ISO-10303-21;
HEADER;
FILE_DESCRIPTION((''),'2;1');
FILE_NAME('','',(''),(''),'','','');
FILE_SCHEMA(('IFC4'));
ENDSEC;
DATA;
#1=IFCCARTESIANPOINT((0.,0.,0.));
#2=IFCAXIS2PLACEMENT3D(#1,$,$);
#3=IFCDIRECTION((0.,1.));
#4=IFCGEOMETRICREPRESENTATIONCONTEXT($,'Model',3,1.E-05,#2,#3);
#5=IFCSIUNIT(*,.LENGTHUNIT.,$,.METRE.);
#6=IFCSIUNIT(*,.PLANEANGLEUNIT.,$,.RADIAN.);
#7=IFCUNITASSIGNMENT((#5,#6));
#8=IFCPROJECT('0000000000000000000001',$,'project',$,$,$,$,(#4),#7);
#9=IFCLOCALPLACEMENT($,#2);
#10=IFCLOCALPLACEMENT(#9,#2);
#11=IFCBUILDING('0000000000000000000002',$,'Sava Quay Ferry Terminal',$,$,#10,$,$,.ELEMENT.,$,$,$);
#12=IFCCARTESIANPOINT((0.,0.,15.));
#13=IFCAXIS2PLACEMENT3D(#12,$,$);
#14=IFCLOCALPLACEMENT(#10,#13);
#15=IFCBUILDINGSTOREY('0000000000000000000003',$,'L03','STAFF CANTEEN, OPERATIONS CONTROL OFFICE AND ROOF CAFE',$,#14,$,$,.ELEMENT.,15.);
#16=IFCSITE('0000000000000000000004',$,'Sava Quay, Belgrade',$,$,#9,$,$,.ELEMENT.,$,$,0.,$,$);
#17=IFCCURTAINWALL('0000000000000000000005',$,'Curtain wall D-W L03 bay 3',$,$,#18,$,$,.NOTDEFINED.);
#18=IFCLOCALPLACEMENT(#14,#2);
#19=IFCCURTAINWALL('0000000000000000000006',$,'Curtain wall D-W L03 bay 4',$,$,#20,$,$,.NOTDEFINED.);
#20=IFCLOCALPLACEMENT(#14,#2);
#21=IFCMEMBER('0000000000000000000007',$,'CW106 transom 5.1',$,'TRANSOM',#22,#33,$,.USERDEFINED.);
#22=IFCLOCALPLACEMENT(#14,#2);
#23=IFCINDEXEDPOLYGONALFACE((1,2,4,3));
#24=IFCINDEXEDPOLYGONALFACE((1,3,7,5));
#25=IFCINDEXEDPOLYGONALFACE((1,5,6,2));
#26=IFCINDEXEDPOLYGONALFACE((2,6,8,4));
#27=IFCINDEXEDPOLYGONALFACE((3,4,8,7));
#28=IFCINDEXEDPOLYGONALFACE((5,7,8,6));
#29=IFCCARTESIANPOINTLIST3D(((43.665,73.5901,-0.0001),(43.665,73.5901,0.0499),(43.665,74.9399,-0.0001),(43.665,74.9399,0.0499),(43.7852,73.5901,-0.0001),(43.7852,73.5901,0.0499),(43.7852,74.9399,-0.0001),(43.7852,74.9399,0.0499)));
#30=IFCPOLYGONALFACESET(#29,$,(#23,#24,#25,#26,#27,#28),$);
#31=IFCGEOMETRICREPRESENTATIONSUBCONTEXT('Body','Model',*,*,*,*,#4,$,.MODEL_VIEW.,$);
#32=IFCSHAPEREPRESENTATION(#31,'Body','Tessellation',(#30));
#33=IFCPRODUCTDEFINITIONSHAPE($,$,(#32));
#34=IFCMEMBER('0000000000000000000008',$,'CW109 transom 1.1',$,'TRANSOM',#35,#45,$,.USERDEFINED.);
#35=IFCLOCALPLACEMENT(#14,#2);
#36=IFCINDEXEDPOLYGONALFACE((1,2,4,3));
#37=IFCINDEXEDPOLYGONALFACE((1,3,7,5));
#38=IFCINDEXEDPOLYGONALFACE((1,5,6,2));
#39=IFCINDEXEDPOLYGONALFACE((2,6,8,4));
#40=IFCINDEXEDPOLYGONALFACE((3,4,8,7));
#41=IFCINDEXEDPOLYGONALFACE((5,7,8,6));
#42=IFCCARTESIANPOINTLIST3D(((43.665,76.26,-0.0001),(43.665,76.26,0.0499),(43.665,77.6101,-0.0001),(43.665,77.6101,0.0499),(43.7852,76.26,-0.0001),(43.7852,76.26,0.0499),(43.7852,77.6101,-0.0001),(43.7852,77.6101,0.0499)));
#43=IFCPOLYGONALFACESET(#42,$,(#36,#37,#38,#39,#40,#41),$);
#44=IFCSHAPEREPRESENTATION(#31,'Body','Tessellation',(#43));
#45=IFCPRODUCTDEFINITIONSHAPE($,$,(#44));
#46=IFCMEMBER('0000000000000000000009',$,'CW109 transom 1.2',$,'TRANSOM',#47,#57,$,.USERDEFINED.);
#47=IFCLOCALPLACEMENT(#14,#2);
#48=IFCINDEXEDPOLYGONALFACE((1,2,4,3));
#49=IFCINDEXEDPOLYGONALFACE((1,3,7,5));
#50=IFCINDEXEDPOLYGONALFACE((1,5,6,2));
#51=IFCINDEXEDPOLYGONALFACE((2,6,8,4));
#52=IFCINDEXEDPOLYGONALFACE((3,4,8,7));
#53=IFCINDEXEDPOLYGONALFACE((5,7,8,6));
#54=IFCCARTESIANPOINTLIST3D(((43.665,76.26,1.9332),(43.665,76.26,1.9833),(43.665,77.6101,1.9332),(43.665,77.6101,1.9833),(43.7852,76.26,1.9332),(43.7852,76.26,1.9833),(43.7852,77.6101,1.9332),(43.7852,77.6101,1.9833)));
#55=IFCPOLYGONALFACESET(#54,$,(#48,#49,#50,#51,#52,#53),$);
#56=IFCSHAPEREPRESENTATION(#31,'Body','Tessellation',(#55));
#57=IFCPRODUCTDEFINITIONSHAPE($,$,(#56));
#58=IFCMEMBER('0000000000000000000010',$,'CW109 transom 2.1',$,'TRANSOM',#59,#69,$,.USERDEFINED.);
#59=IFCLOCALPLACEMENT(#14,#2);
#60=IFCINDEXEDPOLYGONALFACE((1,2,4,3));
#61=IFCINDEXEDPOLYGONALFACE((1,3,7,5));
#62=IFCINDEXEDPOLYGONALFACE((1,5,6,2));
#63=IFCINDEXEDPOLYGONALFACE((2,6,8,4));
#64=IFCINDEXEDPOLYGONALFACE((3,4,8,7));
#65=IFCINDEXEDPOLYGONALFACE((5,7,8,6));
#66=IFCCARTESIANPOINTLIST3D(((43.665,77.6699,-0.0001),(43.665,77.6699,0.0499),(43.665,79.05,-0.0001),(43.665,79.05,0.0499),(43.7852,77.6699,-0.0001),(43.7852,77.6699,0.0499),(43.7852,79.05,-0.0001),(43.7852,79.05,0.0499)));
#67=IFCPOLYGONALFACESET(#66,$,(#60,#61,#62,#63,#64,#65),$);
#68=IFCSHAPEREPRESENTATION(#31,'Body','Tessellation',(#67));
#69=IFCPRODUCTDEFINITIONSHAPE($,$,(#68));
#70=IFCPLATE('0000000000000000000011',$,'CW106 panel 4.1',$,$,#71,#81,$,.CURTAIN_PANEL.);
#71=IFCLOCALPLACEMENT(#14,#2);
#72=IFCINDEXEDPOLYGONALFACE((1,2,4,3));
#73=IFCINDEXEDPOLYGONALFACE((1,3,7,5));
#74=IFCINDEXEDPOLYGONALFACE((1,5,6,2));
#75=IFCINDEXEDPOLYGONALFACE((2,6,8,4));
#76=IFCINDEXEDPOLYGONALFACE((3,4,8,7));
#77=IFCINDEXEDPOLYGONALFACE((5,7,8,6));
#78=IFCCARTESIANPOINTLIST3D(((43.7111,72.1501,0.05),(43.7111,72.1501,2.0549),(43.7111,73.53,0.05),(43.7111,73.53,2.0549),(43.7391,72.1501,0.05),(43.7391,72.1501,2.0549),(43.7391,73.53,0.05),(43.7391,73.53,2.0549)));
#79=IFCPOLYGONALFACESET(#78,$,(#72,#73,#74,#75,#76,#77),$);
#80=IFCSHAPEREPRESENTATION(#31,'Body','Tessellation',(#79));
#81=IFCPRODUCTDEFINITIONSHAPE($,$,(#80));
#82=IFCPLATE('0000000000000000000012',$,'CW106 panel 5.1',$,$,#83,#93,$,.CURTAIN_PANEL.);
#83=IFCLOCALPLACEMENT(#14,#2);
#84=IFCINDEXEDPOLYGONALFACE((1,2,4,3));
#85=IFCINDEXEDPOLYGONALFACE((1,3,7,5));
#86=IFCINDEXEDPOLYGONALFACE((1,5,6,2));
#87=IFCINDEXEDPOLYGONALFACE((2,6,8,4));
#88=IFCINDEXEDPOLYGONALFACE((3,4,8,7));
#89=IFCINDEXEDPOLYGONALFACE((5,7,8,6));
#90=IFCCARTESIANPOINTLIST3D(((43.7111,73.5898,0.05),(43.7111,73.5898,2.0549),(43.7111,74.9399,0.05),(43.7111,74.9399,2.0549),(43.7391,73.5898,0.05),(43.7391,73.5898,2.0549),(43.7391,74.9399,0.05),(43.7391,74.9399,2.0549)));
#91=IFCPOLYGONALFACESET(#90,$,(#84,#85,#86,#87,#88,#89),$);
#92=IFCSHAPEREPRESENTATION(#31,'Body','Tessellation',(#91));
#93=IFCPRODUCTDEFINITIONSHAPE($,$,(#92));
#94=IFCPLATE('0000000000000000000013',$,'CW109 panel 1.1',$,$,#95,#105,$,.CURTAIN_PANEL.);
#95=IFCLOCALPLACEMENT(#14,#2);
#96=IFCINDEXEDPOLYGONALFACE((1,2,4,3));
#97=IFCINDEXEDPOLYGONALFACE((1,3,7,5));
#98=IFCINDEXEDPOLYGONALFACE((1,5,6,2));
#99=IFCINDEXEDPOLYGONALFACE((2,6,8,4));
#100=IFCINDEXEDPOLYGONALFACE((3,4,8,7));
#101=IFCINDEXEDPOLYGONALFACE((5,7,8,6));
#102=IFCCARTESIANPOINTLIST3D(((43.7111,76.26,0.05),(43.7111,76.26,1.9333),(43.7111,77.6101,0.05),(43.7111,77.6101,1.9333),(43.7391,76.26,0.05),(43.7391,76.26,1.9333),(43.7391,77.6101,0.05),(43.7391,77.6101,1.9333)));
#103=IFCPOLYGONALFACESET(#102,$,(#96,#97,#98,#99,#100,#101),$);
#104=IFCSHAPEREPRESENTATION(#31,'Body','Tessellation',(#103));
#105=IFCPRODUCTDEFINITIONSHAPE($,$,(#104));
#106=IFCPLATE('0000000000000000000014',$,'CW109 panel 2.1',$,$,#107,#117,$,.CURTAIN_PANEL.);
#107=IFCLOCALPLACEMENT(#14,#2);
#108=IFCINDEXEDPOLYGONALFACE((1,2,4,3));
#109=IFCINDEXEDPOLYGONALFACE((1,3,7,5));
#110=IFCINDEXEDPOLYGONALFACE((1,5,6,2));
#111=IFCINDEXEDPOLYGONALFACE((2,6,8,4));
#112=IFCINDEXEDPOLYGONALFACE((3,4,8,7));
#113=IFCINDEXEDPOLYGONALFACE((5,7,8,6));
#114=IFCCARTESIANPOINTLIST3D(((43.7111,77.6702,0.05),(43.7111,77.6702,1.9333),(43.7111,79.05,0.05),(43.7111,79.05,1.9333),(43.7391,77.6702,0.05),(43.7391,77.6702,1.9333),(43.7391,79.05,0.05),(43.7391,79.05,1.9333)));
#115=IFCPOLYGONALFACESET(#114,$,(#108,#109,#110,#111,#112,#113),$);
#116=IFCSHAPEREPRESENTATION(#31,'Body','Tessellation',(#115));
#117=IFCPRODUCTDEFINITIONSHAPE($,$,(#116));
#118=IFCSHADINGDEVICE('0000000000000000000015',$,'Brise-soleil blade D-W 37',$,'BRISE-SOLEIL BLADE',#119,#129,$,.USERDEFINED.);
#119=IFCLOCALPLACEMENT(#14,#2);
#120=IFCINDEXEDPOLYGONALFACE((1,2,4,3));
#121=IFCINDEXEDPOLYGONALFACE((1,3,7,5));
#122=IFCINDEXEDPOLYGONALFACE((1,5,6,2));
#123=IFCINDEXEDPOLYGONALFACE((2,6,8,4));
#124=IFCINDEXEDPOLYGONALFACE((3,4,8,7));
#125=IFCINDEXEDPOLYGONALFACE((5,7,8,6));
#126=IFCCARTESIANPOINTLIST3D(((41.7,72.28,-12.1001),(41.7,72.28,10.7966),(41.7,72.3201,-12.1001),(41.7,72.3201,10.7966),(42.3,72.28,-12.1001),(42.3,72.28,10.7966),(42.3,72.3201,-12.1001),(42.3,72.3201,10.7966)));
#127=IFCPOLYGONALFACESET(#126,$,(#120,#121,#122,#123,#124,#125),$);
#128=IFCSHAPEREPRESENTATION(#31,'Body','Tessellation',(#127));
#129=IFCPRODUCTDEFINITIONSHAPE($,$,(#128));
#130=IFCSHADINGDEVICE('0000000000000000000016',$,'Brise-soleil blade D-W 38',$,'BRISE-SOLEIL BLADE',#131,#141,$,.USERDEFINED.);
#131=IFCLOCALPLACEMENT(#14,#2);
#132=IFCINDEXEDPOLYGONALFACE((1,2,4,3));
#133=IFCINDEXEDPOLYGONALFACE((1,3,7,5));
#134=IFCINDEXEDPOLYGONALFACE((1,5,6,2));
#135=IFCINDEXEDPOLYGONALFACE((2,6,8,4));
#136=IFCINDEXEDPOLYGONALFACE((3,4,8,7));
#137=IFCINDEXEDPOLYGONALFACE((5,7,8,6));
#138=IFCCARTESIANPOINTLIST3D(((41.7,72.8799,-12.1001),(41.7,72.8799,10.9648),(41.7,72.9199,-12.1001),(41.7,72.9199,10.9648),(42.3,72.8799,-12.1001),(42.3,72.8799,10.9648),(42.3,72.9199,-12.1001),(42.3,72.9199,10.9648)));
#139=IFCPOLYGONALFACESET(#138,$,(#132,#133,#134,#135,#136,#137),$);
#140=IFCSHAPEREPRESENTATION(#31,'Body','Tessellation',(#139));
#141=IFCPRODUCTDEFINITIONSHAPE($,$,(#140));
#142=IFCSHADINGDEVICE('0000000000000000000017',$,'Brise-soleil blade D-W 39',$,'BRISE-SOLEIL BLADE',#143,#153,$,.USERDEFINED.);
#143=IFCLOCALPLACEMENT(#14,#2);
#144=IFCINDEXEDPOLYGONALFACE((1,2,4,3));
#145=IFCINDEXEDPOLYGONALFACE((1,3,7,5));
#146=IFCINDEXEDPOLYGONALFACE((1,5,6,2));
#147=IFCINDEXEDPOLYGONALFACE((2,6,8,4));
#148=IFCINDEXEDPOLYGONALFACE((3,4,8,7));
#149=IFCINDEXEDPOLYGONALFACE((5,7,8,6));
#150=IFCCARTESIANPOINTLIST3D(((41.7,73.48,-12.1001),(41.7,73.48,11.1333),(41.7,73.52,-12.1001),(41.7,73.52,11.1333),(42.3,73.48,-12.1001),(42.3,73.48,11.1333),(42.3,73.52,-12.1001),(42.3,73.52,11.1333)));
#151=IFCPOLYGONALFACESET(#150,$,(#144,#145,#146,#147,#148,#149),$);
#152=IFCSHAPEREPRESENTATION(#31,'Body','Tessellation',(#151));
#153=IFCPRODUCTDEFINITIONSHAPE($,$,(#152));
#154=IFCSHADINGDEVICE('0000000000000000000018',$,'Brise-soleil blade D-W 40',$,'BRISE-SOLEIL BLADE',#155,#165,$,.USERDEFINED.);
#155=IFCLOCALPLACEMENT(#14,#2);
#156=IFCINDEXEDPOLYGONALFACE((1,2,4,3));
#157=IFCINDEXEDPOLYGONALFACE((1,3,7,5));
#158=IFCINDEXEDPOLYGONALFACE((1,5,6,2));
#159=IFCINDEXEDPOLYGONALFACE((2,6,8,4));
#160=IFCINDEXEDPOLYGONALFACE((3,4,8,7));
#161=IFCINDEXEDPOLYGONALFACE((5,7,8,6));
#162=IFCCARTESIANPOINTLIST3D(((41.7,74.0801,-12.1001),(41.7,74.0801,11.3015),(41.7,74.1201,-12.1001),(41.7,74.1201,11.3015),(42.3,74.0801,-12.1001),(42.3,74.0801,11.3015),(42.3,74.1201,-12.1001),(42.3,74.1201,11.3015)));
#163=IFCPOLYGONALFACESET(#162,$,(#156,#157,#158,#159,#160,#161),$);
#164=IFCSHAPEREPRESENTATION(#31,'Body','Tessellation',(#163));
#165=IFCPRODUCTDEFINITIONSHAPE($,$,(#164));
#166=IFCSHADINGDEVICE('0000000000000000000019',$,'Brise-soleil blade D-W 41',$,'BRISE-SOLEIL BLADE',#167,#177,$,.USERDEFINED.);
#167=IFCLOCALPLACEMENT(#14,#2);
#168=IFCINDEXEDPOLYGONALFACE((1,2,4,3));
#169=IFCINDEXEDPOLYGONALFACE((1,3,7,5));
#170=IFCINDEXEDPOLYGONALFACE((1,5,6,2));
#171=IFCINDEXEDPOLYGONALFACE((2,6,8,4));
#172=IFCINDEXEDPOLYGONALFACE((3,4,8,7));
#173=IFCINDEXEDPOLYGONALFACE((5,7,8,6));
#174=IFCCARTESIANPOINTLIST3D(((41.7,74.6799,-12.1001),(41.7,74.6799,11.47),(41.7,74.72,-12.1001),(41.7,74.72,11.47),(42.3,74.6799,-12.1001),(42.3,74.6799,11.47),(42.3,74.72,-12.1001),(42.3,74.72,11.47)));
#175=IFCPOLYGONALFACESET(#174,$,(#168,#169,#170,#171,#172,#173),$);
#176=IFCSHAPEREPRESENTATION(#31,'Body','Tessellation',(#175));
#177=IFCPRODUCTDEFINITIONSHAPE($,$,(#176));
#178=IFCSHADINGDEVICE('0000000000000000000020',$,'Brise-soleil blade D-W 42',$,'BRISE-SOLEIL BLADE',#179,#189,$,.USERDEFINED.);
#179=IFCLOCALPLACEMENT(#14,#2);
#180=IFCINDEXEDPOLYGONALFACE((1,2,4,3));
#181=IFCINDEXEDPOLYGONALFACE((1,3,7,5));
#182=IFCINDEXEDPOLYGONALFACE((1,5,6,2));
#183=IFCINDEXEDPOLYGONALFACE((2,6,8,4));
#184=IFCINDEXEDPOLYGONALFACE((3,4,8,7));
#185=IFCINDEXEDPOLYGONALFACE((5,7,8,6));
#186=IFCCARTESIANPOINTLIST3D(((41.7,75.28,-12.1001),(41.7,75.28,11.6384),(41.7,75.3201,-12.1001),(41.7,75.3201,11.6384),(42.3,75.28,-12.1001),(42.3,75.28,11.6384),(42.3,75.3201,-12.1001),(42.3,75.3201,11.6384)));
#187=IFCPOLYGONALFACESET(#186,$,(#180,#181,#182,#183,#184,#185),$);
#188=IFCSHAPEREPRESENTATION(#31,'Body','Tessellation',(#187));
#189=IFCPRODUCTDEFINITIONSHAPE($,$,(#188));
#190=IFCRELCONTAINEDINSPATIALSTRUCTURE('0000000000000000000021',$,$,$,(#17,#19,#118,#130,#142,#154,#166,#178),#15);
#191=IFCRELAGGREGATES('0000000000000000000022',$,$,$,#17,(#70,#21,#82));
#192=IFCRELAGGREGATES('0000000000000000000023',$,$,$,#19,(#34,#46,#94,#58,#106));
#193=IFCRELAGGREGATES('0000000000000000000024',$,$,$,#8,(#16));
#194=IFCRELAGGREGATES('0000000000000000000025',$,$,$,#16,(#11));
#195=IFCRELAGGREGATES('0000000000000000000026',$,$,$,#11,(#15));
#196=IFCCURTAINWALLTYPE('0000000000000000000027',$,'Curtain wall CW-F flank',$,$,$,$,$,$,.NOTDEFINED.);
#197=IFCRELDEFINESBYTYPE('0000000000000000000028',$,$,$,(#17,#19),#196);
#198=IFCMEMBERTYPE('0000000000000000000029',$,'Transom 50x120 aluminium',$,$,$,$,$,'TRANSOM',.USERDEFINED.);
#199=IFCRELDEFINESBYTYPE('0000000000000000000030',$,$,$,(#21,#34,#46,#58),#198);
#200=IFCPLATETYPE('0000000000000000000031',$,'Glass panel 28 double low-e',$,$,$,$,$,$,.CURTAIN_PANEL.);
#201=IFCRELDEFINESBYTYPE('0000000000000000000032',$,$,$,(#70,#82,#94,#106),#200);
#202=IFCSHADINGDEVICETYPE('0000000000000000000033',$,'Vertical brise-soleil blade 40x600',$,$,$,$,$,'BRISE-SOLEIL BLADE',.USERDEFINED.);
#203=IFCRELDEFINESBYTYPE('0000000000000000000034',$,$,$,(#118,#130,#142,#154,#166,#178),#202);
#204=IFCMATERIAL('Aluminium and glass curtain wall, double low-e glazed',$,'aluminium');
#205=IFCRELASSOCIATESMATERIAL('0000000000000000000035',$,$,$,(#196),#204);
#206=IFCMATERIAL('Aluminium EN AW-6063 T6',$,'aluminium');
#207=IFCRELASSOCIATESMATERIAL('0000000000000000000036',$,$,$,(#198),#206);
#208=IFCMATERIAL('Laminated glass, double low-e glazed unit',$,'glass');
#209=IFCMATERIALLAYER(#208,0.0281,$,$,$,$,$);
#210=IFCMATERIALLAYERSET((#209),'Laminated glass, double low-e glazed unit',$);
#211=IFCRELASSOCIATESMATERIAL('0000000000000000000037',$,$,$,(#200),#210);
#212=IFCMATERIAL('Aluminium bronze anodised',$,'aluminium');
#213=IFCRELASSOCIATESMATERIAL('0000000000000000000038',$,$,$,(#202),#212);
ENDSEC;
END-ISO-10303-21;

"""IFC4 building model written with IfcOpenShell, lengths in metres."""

from ifc_helpers import new_model, si_unit, direction, frame, origin, origin_2d, place, context, subcontext, project, spatial, rectangle, extrude, material, layer, layer_set, material_profile, profile_set, type_object, element, aggregate, save


model = new_model("IFC4")

# Units and contexts
model_context = context("Model", 3, precision=1e-05, world=origin(), true_north=direction((0.0, 1.0)))
body_context = subcontext(model_context, "Body", "Model", "MODEL_VIEW")
ifc_project = project(units=[si_unit("LENGTHUNIT", "METRE"), si_unit("PLANEANGLEUNIT", "RADIAN")], contexts=[model_context])

# Site, building, storey
site_placement = place(None, origin())
site = spatial("IfcSite", under=ifc_project, at=site_placement, Name="Sava Quay, Belgrade", CompositionType="ELEMENT", RefElevation=0.0)
building_placement = place(site_placement, origin())
building = spatial("IfcBuilding", under=site, at=building_placement, Name="Sava Quay Ferry Terminal", CompositionType="ELEMENT")
storey_placement = place(building_placement, frame((0.0, 0.0, 15.0)))
storey = spatial("IfcBuildingStorey", under=building, at=storey_placement, Name="L03", Description="STAFF CANTEEN, OPERATIONS CONTROL OFFICE AND ROOF CAFE", CompositionType="ELEMENT", Elevation=15.0)

# Curtain walls
ifc_material_1 = material(Name="Aluminium and glass curtain wall, double low-e glazed", Category="aluminium")
curtain_wall_type = type_object("IfcCurtainWallType", Name="Curtain wall CW-F flank", PredefinedType="NOTDEFINED", material=ifc_material_1)
curtain_wall_1_placement = place(storey_placement, origin())
curtain_wall_1 = element("IfcCurtainWall", 1, at=curtain_wall_1_placement, inside=storey, type_object=curtain_wall_type, Name="Curtain wall D-W L03 bay 3", PredefinedType="NOTDEFINED")
curtain_wall_2_placement = place(storey_placement, origin())
curtain_wall_2 = element("IfcCurtainWall", 2, at=curtain_wall_2_placement, inside=storey, type_object=curtain_wall_type, Name="Curtain wall D-W L03 bay 4", PredefinedType="NOTDEFINED")

# Members
ifc_material_2 = material(Name="Aluminium EN AW-6063 T6", Category="aluminium")
ifc_material_profile_1 = material_profile(ifc_material_2, rectangle(XDim=0.1201, YDim=0.05, at=origin_2d()), Name="Transom 50x120 aluminium")
ifc_profile_set_1 = profile_set([ifc_material_profile_1], Name="Aluminium EN AW-6063 T6")
member_type_1 = type_object("IfcMemberType", Name="Transom 50x120 aluminium", ElementType="TRANSOM", PredefinedType="USERDEFINED", material=ifc_profile_set_1)
member_1_placement = place(storey_placement, frame((43.7251, 73.5901, 0.0249), z_axis=(0.0, 1.0, 0.0), x_axis=(-1.0, 0.0, 0.0)))
member_1 = element("IfcMember", 3, at=member_1_placement, type_object=member_type_1, Name="CW106 transom 5.1", ObjectType="TRANSOM", PredefinedType="USERDEFINED", context=body_context, shape_type="SweptSolid", body=[
    extrude(rectangle(XDim=0.1201, YDim=0.05, at=origin_2d()), origin(), (0.0, 0.0, 1.0), 1.3499),
])
member_2_placement = place(storey_placement, frame((43.7251, 76.26, 0.0249), z_axis=(0.0, 1.0, 0.0), x_axis=(-1.0, 0.0, 0.0)))
member_2 = element("IfcMember", 4, at=member_2_placement, type_object=member_type_1, Name="CW109 transom 1.1", ObjectType="TRANSOM", PredefinedType="USERDEFINED", context=body_context, shape_type="SweptSolid", body=[
    extrude(rectangle(XDim=0.1201, YDim=0.05, at=origin_2d()), origin(), (0.0, 0.0, 1.0), 1.3501),
])
member_3_placement = place(storey_placement, frame((43.7251, 76.26, 1.9583), z_axis=(0.0, 1.0, 0.0), x_axis=(-1.0, 0.0, 0.0)))
member_3 = element("IfcMember", 5, at=member_3_placement, type_object=member_type_1, Name="CW109 transom 1.2", ObjectType="TRANSOM", PredefinedType="USERDEFINED", context=body_context, shape_type="SweptSolid", body=[
    extrude(rectangle(XDim=0.1201, YDim=0.05, at=origin_2d()), origin(), (0.0, 0.0, 1.0), 1.3501),
])
member_4_placement = place(storey_placement, frame((43.7251, 77.6699, 0.0249), z_axis=(0.0, 1.0, 0.0), x_axis=(-1.0, 0.0, 0.0)))
member_4 = element("IfcMember", 6, at=member_4_placement, type_object=member_type_1, Name="CW109 transom 2.1", ObjectType="TRANSOM", PredefinedType="USERDEFINED", context=body_context, shape_type="SweptSolid", body=[
    extrude(rectangle(XDim=0.1201, YDim=0.05, at=origin_2d()), origin(), (0.0, 0.0, 1.0), 1.3801),
])

# Plates
ifc_material_3 = material(Name="Laminated glass, double low-e glazed unit", Category="glass")
ifc_layer = layer(ifc_material_3, 0.0281)
ifc_layer_set = layer_set([ifc_layer], Name="Laminated glass, double low-e glazed unit")
plate_type = type_object("IfcPlateType", Name="Glass panel 28 double low-e", PredefinedType="CURTAIN_PANEL", material=ifc_layer_set)
plate_1_placement = place(storey_placement, frame((43.7251, 72.8401, 0.05), z_axis=(0.0, 0.0, 1.0), x_axis=(0.0, 1.0, 0.0)))
plate_1 = element("IfcPlate", 7, at=plate_1_placement, type_object=plate_type, Name="CW106 panel 4.1", PredefinedType="CURTAIN_PANEL", context=body_context, shape_type="SweptSolid", body=[
    extrude(rectangle(XDim=1.3799, YDim=0.0281, at=origin_2d()), origin(), (0.0, 0.0, 1.0), 2.0049),
])
plate_2_placement = place(storey_placement, frame((43.7251, 74.2649, 0.05), z_axis=(0.0, 0.0, 1.0), x_axis=(0.0, 1.0, 0.0)))
plate_2 = element("IfcPlate", 8, at=plate_2_placement, type_object=plate_type, Name="CW106 panel 5.1", PredefinedType="CURTAIN_PANEL", context=body_context, shape_type="SweptSolid", body=[
    extrude(rectangle(XDim=1.3501, YDim=0.0281, at=origin_2d()), origin(), (0.0, 0.0, 1.0), 2.0049),
])
aggregate(curtain_wall_1, [plate_1, member_1, plate_2])
plate_3_placement = place(storey_placement, frame((43.7251, 76.9351, 0.05), z_axis=(0.0, 0.0, 1.0), x_axis=(0.0, 1.0, 0.0)))
plate_3 = element("IfcPlate", 9, at=plate_3_placement, type_object=plate_type, Name="CW109 panel 1.1", PredefinedType="CURTAIN_PANEL", context=body_context, shape_type="SweptSolid", body=[
    extrude(rectangle(XDim=1.3501, YDim=0.0281, at=origin_2d()), origin(), (0.0, 0.0, 1.0), 1.8833),
])
plate_4_placement = place(storey_placement, frame((43.7251, 78.3601, 0.05), z_axis=(0.0, 0.0, 1.0), x_axis=(0.0, 1.0, 0.0)))
plate_4 = element("IfcPlate", 10, at=plate_4_placement, type_object=plate_type, Name="CW109 panel 2.1", PredefinedType="CURTAIN_PANEL", context=body_context, shape_type="SweptSolid", body=[
    extrude(rectangle(XDim=1.3799, YDim=0.0281, at=origin_2d()), origin(), (0.0, 0.0, 1.0), 1.8833),
])
aggregate(curtain_wall_2, [member_2, member_3, plate_3, member_4, plate_4])

# Shading devices
ifc_material_4 = material(Name="Aluminium bronze anodised", Category="aluminium")
ifc_material_profile_2 = material_profile(ifc_material_4, rectangle(XDim=0.04, YDim=0.6001, at=origin_2d()), Name="Vertical brise-soleil blade 40x600")
ifc_profile_set_2 = profile_set([ifc_material_profile_2], Name="Aluminium bronze anodised")
shading_device_type = type_object("IfcShadingDeviceType", Name="Vertical brise-soleil blade 40x600", ElementType="BRISE-SOLEIL BLADE", PredefinedType="USERDEFINED", material=ifc_profile_set_2)
shading_device_1_placement = place(storey_placement, frame((42.0, 72.3, -12.1001), z_axis=(0.0, 0.0, 1.0), x_axis=(0.0, 1.0, 0.0)))
element("IfcShadingDevice", 11, at=shading_device_1_placement, inside=storey, type_object=shading_device_type, Name="Brise-soleil blade D-W 37", ObjectType="BRISE-SOLEIL BLADE", PredefinedType="USERDEFINED", context=body_context, shape_type="SweptSolid", body=[
    extrude(rectangle(XDim=0.04, YDim=0.6001, at=origin_2d()), origin(), (0.0, 0.0, 1.0), 22.8967),
])
shading_device_2_placement = place(storey_placement, frame((42.0, 72.8999, -12.1001), z_axis=(0.0, 0.0, 1.0), x_axis=(0.0, 1.0, 0.0)))
element("IfcShadingDevice", 12, at=shading_device_2_placement, inside=storey, type_object=shading_device_type, Name="Brise-soleil blade D-W 38", ObjectType="BRISE-SOLEIL BLADE", PredefinedType="USERDEFINED", context=body_context, shape_type="SweptSolid", body=[
    extrude(rectangle(XDim=0.04, YDim=0.6001, at=origin_2d()), origin(), (0.0, 0.0, 1.0), 23.0649),
])
shading_device_3_placement = place(storey_placement, frame((42.0, 73.5, -12.1001), z_axis=(0.0, 0.0, 1.0), x_axis=(0.0, 1.0, 0.0)))
element("IfcShadingDevice", 13, at=shading_device_3_placement, inside=storey, type_object=shading_device_type, Name="Brise-soleil blade D-W 39", ObjectType="BRISE-SOLEIL BLADE", PredefinedType="USERDEFINED", context=body_context, shape_type="SweptSolid", body=[
    extrude(rectangle(XDim=0.04, YDim=0.6001, at=origin_2d()), origin(), (0.0, 0.0, 1.0), 23.2334),
])
shading_device_4_placement = place(storey_placement, frame((42.0, 74.1001, -12.1001), z_axis=(0.0, 0.0, 1.0), x_axis=(0.0, 1.0, 0.0)))
element("IfcShadingDevice", 14, at=shading_device_4_placement, inside=storey, type_object=shading_device_type, Name="Brise-soleil blade D-W 40", ObjectType="BRISE-SOLEIL BLADE", PredefinedType="USERDEFINED", context=body_context, shape_type="SweptSolid", body=[
    extrude(rectangle(XDim=0.04, YDim=0.6001, at=origin_2d()), origin(), (0.0, 0.0, 1.0), 23.4016),
])
shading_device_5_placement = place(storey_placement, frame((42.0, 74.7, -12.1001), z_axis=(0.0, 0.0, 1.0), x_axis=(0.0, 1.0, 0.0)))
element("IfcShadingDevice", 15, at=shading_device_5_placement, inside=storey, type_object=shading_device_type, Name="Brise-soleil blade D-W 41", ObjectType="BRISE-SOLEIL BLADE", PredefinedType="USERDEFINED", context=body_context, shape_type="SweptSolid", body=[
    extrude(rectangle(XDim=0.04, YDim=0.6001, at=origin_2d()), origin(), (0.0, 0.0, 1.0), 23.5701),
])
shading_device_6_placement = place(storey_placement, frame((42.0, 75.3, -12.1001), z_axis=(0.0, 0.0, 1.0), x_axis=(0.0, 1.0, 0.0)))
element("IfcShadingDevice", 16, at=shading_device_6_placement, inside=storey, type_object=shading_device_type, Name="Brise-soleil blade D-W 42", ObjectType="BRISE-SOLEIL BLADE", PredefinedType="USERDEFINED", context=body_context, shape_type="SweptSolid", body=[
    extrude(rectangle(XDim=0.04, YDim=0.6001, at=origin_2d()), origin(), (0.0, 0.0, 1.0), 23.7385),
])

save(model, "model.ifc")
